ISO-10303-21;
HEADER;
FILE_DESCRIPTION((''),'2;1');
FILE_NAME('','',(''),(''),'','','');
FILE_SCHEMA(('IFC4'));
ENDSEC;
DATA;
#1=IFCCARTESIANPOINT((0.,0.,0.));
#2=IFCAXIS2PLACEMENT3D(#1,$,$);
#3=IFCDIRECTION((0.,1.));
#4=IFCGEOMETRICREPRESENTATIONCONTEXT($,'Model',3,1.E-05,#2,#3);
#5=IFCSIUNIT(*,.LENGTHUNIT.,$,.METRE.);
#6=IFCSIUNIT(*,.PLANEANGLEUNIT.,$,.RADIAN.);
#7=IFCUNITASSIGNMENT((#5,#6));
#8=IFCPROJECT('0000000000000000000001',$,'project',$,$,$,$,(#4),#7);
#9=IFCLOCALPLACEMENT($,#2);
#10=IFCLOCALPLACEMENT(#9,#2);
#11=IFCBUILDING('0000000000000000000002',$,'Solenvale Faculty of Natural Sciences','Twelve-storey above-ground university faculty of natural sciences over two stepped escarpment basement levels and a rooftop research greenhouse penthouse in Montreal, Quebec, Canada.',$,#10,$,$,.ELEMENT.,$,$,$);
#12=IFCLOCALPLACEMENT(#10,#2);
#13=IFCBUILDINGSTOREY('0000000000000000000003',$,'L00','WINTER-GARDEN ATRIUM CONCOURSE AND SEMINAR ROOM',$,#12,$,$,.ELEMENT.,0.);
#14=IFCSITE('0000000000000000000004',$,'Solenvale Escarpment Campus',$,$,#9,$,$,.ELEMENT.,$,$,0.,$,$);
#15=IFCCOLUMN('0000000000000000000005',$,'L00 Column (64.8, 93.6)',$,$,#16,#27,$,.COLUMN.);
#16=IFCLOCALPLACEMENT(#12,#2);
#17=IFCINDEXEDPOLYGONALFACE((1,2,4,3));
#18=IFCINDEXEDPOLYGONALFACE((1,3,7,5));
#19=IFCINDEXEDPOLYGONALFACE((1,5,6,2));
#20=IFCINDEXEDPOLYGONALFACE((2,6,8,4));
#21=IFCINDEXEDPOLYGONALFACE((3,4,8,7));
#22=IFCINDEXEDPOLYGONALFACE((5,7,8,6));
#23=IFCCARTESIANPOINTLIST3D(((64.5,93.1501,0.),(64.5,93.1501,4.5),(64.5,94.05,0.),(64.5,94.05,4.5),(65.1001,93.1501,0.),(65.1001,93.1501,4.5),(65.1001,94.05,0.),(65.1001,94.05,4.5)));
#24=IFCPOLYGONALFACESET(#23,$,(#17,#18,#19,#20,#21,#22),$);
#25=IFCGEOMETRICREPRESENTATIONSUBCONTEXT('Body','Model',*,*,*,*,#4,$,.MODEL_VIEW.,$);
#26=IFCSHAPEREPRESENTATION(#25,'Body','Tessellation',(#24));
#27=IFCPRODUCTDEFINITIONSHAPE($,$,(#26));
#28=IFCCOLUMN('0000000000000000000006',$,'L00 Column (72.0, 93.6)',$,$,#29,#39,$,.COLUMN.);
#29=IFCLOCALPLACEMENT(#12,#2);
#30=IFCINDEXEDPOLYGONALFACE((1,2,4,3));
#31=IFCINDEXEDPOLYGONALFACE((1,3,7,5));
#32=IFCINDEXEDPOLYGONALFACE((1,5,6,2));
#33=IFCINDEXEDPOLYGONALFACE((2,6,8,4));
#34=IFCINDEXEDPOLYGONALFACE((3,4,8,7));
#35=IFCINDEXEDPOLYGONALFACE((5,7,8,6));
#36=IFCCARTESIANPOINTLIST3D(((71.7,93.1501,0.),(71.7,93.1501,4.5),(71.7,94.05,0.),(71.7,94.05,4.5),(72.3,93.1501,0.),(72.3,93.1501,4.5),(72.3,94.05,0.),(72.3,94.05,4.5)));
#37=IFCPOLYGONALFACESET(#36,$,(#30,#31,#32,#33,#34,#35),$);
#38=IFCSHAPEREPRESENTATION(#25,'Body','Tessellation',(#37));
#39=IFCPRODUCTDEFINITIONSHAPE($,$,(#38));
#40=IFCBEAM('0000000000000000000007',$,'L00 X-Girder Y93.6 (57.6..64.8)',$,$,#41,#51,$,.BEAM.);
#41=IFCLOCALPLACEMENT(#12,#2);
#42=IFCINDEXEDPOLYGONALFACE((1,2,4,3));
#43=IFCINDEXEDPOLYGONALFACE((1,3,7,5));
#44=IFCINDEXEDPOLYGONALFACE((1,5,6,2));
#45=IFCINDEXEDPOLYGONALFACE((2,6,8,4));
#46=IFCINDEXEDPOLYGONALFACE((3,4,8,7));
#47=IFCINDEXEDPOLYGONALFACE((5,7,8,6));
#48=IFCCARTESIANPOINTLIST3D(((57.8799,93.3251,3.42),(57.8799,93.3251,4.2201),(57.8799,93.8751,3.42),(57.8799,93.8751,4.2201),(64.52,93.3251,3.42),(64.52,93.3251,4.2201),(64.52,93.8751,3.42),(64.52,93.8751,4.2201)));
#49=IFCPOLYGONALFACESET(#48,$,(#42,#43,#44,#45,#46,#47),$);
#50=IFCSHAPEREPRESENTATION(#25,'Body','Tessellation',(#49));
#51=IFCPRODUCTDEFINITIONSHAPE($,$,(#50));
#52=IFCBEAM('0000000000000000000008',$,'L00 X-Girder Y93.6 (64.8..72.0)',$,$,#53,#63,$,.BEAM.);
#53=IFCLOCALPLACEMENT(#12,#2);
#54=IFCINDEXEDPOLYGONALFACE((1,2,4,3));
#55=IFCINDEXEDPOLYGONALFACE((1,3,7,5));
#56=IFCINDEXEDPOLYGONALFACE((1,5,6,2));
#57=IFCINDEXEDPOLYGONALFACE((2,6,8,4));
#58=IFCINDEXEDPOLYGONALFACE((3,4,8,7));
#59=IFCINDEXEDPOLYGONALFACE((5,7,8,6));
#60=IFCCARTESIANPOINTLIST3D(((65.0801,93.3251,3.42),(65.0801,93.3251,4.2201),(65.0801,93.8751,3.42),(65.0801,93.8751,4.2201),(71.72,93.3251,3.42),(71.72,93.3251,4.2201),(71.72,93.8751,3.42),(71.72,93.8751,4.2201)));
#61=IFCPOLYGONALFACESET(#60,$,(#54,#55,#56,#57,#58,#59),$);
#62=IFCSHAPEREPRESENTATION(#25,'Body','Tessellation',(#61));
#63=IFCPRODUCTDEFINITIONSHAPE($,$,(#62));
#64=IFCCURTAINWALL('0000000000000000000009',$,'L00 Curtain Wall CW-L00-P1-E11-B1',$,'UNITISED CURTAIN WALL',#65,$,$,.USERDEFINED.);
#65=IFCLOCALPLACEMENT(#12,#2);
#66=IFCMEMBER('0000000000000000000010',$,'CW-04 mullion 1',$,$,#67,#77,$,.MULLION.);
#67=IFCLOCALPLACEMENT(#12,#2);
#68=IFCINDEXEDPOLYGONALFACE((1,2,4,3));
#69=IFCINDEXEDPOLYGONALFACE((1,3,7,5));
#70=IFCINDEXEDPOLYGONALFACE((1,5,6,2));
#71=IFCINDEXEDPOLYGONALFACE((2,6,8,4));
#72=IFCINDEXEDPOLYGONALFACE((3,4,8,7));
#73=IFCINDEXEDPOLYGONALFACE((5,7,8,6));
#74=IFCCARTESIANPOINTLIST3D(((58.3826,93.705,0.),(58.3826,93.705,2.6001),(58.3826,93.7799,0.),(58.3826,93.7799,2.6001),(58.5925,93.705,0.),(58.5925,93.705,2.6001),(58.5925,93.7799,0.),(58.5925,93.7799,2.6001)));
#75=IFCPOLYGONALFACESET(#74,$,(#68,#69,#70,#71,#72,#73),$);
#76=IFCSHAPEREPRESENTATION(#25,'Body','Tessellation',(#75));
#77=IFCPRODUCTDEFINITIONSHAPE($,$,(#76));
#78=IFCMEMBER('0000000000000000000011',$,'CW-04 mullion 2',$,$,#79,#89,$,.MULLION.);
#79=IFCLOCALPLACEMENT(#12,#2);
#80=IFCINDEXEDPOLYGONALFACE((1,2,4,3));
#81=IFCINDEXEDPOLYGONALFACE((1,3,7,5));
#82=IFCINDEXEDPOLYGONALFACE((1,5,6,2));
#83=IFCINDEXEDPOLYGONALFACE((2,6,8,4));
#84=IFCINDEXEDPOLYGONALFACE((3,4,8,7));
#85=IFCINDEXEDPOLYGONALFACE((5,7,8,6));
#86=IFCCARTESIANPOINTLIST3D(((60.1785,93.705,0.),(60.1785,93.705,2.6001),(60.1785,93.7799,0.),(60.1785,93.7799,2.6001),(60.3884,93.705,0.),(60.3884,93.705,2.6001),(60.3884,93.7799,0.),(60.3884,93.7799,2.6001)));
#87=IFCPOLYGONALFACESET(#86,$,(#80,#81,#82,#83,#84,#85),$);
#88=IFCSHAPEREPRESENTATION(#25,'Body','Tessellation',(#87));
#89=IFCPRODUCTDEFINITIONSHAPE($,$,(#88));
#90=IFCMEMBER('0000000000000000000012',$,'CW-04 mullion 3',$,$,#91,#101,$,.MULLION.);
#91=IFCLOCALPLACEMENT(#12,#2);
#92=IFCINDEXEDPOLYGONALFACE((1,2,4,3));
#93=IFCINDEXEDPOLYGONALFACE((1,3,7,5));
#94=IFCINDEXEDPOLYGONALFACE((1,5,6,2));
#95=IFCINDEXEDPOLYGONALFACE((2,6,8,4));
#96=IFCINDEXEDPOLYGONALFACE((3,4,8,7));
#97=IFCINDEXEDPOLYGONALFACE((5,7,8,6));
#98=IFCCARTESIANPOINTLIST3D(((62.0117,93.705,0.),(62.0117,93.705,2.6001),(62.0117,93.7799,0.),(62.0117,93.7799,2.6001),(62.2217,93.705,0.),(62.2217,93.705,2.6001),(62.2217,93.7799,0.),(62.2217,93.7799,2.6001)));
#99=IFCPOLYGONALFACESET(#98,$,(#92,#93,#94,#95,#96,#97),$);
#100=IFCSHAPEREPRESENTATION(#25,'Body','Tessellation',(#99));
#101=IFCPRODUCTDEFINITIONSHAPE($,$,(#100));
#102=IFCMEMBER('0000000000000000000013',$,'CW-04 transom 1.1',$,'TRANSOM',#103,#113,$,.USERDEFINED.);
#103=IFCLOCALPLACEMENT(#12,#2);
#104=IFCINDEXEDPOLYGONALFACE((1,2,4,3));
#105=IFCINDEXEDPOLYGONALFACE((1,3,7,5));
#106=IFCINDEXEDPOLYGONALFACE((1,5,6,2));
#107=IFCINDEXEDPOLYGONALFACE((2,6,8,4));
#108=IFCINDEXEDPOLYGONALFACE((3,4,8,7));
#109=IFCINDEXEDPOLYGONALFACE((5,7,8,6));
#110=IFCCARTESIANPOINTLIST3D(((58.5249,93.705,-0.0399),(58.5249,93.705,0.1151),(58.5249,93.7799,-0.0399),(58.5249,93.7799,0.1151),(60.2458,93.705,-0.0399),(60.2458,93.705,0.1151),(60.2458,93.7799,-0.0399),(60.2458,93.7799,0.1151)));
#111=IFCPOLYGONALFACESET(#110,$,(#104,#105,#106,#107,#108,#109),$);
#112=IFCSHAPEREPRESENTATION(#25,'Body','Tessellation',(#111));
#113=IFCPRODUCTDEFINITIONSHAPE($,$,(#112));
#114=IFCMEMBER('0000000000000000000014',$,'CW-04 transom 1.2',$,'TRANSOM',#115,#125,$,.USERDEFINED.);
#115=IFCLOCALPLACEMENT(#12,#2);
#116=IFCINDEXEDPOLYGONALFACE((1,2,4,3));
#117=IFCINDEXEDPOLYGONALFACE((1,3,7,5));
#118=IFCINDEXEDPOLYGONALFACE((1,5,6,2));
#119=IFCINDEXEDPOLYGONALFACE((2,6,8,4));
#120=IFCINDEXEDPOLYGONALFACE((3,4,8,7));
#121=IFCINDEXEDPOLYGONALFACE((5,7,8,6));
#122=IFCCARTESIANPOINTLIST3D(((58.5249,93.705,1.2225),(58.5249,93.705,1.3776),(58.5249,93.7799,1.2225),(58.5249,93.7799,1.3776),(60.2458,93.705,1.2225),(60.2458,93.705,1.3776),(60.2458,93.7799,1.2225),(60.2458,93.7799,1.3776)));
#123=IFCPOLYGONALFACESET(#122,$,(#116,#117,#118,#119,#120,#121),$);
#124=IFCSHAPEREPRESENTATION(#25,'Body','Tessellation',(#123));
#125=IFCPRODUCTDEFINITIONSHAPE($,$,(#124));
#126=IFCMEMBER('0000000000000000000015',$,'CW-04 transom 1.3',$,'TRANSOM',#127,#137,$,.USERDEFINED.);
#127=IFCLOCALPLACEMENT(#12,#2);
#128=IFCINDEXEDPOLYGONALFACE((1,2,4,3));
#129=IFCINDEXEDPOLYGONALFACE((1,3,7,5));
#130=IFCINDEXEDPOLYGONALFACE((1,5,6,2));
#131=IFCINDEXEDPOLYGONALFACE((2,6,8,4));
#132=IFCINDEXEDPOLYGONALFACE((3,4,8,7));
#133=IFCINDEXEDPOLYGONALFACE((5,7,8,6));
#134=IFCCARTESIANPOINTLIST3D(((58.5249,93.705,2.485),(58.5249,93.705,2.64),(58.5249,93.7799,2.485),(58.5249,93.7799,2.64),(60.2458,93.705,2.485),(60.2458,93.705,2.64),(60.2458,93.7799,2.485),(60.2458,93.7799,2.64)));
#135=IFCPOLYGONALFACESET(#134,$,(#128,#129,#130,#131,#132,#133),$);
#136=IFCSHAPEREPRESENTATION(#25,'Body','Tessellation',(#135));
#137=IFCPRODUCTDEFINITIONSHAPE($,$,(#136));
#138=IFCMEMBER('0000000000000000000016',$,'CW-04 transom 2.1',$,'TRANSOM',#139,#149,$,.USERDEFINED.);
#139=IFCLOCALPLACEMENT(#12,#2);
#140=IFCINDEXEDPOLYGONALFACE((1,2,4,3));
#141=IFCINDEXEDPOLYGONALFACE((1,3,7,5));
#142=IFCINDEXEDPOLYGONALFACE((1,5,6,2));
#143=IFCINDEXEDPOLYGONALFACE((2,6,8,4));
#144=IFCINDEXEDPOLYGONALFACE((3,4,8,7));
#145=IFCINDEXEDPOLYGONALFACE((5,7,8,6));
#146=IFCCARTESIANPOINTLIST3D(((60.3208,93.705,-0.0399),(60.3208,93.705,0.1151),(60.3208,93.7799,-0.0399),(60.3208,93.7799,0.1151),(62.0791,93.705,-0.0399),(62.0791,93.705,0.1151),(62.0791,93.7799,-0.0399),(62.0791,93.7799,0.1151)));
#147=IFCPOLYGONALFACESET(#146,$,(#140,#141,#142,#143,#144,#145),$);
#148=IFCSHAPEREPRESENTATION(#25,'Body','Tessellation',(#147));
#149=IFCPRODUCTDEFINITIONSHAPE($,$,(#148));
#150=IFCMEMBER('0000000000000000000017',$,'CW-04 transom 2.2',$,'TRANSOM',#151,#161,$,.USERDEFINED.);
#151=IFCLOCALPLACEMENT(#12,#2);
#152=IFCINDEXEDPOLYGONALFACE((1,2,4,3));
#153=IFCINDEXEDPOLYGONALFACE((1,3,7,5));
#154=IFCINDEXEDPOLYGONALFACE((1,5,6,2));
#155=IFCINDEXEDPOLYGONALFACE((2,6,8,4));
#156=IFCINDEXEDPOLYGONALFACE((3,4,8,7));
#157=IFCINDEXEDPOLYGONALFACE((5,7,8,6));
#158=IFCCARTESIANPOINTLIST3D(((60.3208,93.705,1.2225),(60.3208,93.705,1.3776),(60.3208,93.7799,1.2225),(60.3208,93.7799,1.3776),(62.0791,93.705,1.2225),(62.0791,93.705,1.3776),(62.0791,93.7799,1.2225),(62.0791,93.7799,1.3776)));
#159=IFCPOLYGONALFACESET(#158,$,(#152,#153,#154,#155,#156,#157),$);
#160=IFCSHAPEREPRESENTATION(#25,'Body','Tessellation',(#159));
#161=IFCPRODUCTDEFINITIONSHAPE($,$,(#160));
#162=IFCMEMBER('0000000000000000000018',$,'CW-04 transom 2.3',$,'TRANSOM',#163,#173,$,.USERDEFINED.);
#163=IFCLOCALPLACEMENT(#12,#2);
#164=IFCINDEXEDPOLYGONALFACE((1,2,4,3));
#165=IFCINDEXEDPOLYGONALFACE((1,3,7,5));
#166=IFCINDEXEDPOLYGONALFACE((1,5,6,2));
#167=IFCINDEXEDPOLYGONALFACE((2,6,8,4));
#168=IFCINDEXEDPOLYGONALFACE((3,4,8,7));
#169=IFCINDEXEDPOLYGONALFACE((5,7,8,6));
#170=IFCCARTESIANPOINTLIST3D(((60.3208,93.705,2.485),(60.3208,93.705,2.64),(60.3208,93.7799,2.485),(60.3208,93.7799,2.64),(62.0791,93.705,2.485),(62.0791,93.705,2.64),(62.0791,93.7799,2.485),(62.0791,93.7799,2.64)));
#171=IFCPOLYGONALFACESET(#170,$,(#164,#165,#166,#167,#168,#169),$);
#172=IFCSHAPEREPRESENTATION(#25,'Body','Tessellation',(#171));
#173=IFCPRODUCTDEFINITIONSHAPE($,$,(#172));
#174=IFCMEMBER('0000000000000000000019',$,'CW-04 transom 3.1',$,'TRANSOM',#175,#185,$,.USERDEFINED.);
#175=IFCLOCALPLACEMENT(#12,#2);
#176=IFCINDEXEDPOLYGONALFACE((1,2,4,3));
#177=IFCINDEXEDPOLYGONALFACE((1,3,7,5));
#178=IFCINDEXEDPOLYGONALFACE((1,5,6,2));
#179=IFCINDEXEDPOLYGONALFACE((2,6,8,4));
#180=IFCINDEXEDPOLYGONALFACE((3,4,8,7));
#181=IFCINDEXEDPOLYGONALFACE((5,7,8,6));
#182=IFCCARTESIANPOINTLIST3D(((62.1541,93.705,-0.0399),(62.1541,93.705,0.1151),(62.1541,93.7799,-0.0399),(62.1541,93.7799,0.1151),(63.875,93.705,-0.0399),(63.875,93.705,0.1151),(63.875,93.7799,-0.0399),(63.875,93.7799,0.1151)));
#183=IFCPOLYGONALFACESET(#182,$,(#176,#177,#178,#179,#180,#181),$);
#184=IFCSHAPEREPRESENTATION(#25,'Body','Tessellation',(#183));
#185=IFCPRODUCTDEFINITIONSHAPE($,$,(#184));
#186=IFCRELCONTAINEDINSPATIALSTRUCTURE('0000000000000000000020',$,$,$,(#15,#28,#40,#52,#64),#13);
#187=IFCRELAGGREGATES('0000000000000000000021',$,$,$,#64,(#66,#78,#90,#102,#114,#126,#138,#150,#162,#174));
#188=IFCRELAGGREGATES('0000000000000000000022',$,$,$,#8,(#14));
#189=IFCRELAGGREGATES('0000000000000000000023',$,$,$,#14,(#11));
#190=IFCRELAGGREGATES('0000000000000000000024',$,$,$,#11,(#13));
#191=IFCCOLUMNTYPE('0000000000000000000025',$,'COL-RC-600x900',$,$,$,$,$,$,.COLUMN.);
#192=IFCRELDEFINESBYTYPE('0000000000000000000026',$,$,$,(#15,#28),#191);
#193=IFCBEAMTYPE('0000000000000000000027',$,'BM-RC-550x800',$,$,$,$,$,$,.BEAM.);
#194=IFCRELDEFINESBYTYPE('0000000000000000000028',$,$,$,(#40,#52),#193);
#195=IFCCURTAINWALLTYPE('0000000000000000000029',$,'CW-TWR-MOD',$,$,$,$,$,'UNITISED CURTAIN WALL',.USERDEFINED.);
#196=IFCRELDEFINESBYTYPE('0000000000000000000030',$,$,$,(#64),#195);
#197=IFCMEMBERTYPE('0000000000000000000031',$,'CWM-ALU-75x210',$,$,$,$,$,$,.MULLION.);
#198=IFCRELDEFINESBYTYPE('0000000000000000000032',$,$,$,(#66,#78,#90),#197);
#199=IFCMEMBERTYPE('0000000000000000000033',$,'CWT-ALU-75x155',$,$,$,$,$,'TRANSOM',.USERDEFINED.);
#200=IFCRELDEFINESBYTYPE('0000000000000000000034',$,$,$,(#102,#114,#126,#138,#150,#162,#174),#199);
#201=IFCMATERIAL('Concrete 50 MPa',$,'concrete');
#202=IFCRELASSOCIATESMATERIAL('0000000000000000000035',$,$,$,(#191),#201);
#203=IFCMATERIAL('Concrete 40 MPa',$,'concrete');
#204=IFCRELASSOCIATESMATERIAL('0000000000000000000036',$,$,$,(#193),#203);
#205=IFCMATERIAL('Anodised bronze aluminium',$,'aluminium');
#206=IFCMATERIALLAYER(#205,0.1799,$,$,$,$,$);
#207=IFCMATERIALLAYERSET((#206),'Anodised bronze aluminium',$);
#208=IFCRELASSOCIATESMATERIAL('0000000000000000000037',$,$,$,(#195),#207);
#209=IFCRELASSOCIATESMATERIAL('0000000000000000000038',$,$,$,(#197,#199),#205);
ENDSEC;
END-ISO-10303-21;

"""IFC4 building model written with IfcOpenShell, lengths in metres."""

from ifc_helpers import new_model, si_unit, direction, frame, origin, origin_2d, place, context, subcontext, project, spatial, rectangle, extrude, material, layer, layer_set, material_profile, profile_set, type_object, element, aggregate, save


model = new_model("IFC4")

# Units and contexts
model_context = context("Model", 3, precision=1e-05, world=origin(), true_north=direction((0.0, 1.0)))
body_context = subcontext(model_context, "Body", "Model", "MODEL_VIEW")
ifc_project = project(units=[si_unit("LENGTHUNIT", "METRE"), si_unit("PLANEANGLEUNIT", "RADIAN")], contexts=[model_context])

# Site, building, storey
site_placement = place(None, origin())
site = spatial("IfcSite", under=ifc_project, at=site_placement, Name="Solenvale Escarpment Campus", CompositionType="ELEMENT", RefElevation=0.0)
building_placement = place(site_placement, origin())
building = spatial("IfcBuilding", under=site, at=building_placement, Name="Solenvale Faculty of Natural Sciences", Description="Twelve-storey above-ground university faculty of natural sciences over two stepped escarpment basement levels and a rooftop research greenhouse penthouse in Montreal, Quebec, Canada.", CompositionType="ELEMENT")
storey_placement = place(building_placement, origin())
storey = spatial("IfcBuildingStorey", under=building, at=storey_placement, Name="L00", Description="WINTER-GARDEN ATRIUM CONCOURSE AND SEMINAR ROOM", CompositionType="ELEMENT", Elevation=0.0)

# Columns
ifc_material_1 = material(Name="Concrete 50 MPa", Category="concrete")
ifc_material_profile_1 = material_profile(ifc_material_1, rectangle(XDim=0.6001, YDim=0.8999, at=origin_2d()), Name="RC-COL-600x900")
ifc_profile_set_1 = profile_set([ifc_material_profile_1], Name="Concrete 50 MPa")
column_type = type_object("IfcColumnType", Name="COL-RC-600x900", PredefinedType="COLUMN", material=ifc_profile_set_1)
for number, where, z_axis, x_axis, name in (
    (1, (64.8, 93.6001, 0.0), (0.0, 0.0, 1.0), (1.0, 0.0, 0.0), "L00 Column (64.8, 93.6)"),
    (2, (72.0, 93.6001, 0.0), (0.0, 0.0, 1.0), (1.0, 0.0, 0.0), "L00 Column (72.0, 93.6)"),
):
    element("IfcColumn", number, at=place(storey_placement, frame(where, z_axis=z_axis, x_axis=x_axis)), inside=storey, type_object=column_type, Name=name, PredefinedType="COLUMN", context=body_context, shape_type="SweptSolid", body=[
        extrude(rectangle(XDim=0.6001, YDim=0.8999, at=origin_2d()), origin(), (0.0, 0.0, 1.0), 4.5),
    ])

# Beams
ifc_material_2 = material(Name="Concrete 40 MPa", Category="concrete")
ifc_material_profile_2 = material_profile(ifc_material_2, rectangle(XDim=0.55, YDim=0.8, at=origin_2d()), Name="RC-BM-550x800")
ifc_profile_set_2 = profile_set([ifc_material_profile_2], Name="Concrete 40 MPa")
beam_type = type_object("IfcBeamType", Name="BM-RC-550x800", PredefinedType="BEAM", material=ifc_profile_set_2)
beam_1_placement = place(storey_placement, frame((57.8799, 93.6001, 3.8201), z_axis=(1.0, 0.0, 0.0), x_axis=(0.0, 1.0, 0.0)))
element("IfcBeam", 3, at=beam_1_placement, inside=storey, type_object=beam_type, Name="L00 X-Girder Y93.6 (57.6..64.8)", PredefinedType="BEAM", context=body_context, shape_type="SweptSolid", body=[
    extrude(rectangle(XDim=0.55, YDim=0.8, at=origin_2d()), origin(), (0.0, 0.0, 1.0), 6.6401),
])
beam_2_placement = place(storey_placement, frame((65.0801, 93.6001, 3.8201), z_axis=(1.0, 0.0, 0.0), x_axis=(0.0, 1.0, 0.0)))
element("IfcBeam", 4, at=beam_2_placement, inside=storey, type_object=beam_type, Name="L00 X-Girder Y93.6 (64.8..72.0)", PredefinedType="BEAM", context=body_context, shape_type="SweptSolid", body=[
    extrude(rectangle(XDim=0.55, YDim=0.8, at=origin_2d()), origin(), (0.0, 0.0, 1.0), 6.6399),
])

# Curtain wall, members
ifc_material_3 = material(Name="Anodised bronze aluminium", Category="aluminium")
ifc_layer_1 = layer(ifc_material_3, 0.1799)
ifc_layer_set_1 = layer_set([ifc_layer_1], Name="Anodised bronze aluminium")
curtain_wall_type = type_object("IfcCurtainWallType", Name="CW-TWR-MOD", ElementType="UNITISED CURTAIN WALL", PredefinedType="USERDEFINED", material=ifc_layer_set_1)
curtain_wall_placement = place(storey_placement, origin())
curtain_wall = element("IfcCurtainWall", 5, at=curtain_wall_placement, inside=storey, type_object=curtain_wall_type, Name="L00 Curtain Wall CW-L00-P1-E11-B1", ObjectType="UNITISED CURTAIN WALL", PredefinedType="USERDEFINED")
ifc_material_profile_3 = material_profile(ifc_material_3, rectangle(XDim=0.075, YDim=0.21, at=origin_2d()), Name="ALU-MUL-75x210")
ifc_profile_set_3 = profile_set([ifc_material_profile_3], Name="Anodised bronze aluminium")
member_type_1 = type_object("IfcMemberType", Name="CWM-ALU-75x210", PredefinedType="MULLION", material=ifc_profile_set_3)
member_1_placement = place(storey_placement, frame((58.4875, 93.7424, 0.0), z_axis=(0.0, 0.0, 1.0), x_axis=(0.0, 1.0, 0.0)))
member_1 = element("IfcMember", 6, at=member_1_placement, type_object=member_type_1, Name="CW-04 mullion 1", PredefinedType="MULLION", context=body_context, shape_type="SweptSolid", body=[
    extrude(rectangle(XDim=0.075, YDim=0.21, at=origin_2d()), origin(), (0.0, 0.0, 1.0), 2.6001),
])
member_2_placement = place(storey_placement, frame((60.2834, 93.7424, 0.0), z_axis=(0.0, 0.0, 1.0), x_axis=(0.0, 1.0, 0.0)))
member_2 = element("IfcMember", 7, at=member_2_placement, type_object=member_type_1, Name="CW-04 mullion 2", PredefinedType="MULLION", context=body_context, shape_type="SweptSolid", body=[
    extrude(rectangle(XDim=0.075, YDim=0.21, at=origin_2d()), origin(), (0.0, 0.0, 1.0), 2.6001),
])
member_3_placement = place(storey_placement, frame((62.1167, 93.7424, 0.0), z_axis=(0.0, 0.0, 1.0), x_axis=(0.0, 1.0, 0.0)))
member_3 = element("IfcMember", 8, at=member_3_placement, type_object=member_type_1, Name="CW-04 mullion 3", PredefinedType="MULLION", context=body_context, shape_type="SweptSolid", body=[
    extrude(rectangle(XDim=0.075, YDim=0.21, at=origin_2d()), origin(), (0.0, 0.0, 1.0), 2.6001),
])
ifc_material_profile_4 = material_profile(ifc_material_3, rectangle(XDim=0.075, YDim=0.155, at=origin_2d()), Name="ALU-TRN-75x155")
ifc_profile_set_4 = profile_set([ifc_material_profile_4], Name="Anodised bronze aluminium")
member_type_2 = type_object("IfcMemberType", Name="CWT-ALU-75x155", ElementType="TRANSOM", PredefinedType="USERDEFINED", material=ifc_profile_set_4)
member_4_placement = place(storey_placement, frame((58.5249, 93.7424, 0.0376), z_axis=(1.0, 0.0, 0.0), x_axis=(0.0, 1.0, 0.0)))
member_4 = element("IfcMember", 9, at=member_4_placement, type_object=member_type_2, Name="CW-04 transom 1.1", ObjectType="TRANSOM", PredefinedType="USERDEFINED", context=body_context, shape_type="SweptSolid", body=[
    extrude(rectangle(XDim=0.075, YDim=0.155, at=origin_2d()), origin(), (0.0, 0.0, 1.0), 1.7209),
])
member_5_placement = place(storey_placement, frame((58.5249, 93.7424, 1.3), z_axis=(1.0, 0.0, 0.0), x_axis=(0.0, 1.0, 0.0)))
member_5 = element("IfcMember", 10, at=member_5_placement, type_object=member_type_2, Name="CW-04 transom 1.2", ObjectType="TRANSOM", PredefinedType="USERDEFINED", context=body_context, shape_type="SweptSolid", body=[
    extrude(rectangle(XDim=0.075, YDim=0.155, at=origin_2d()), origin(), (0.0, 0.0, 1.0), 1.7209),
])
member_6_placement = place(storey_placement, frame((58.5249, 93.7424, 2.5625), z_axis=(1.0, 0.0, 0.0), x_axis=(0.0, 1.0, 0.0)))
member_6 = element("IfcMember", 11, at=member_6_placement, type_object=member_type_2, Name="CW-04 transom 1.3", ObjectType="TRANSOM", PredefinedType="USERDEFINED", context=body_context, shape_type="SweptSolid", body=[
    extrude(rectangle(XDim=0.075, YDim=0.155, at=origin_2d()), origin(), (0.0, 0.0, 1.0), 1.7209),
])
member_7_placement = place(storey_placement, frame((60.3208, 93.7424, 0.0376), z_axis=(1.0, 0.0, 0.0), x_axis=(0.0, 1.0, 0.0)))
member_7 = element("IfcMember", 12, at=member_7_placement, type_object=member_type_2, Name="CW-04 transom 2.1", ObjectType="TRANSOM", PredefinedType="USERDEFINED", context=body_context, shape_type="SweptSolid", body=[
    extrude(rectangle(XDim=0.075, YDim=0.155, at=origin_2d()), origin(), (0.0, 0.0, 1.0), 1.7583),
])
member_8_placement = place(storey_placement, frame((60.3208, 93.7424, 1.3), z_axis=(1.0, 0.0, 0.0), x_axis=(0.0, 1.0, 0.0)))
member_8 = element("IfcMember", 13, at=member_8_placement, type_object=member_type_2, Name="CW-04 transom 2.2", ObjectType="TRANSOM", PredefinedType="USERDEFINED", context=body_context, shape_type="SweptSolid", body=[
    extrude(rectangle(XDim=0.075, YDim=0.155, at=origin_2d()), origin(), (0.0, 0.0, 1.0), 1.7583),
])
member_9_placement = place(storey_placement, frame((60.3208, 93.7424, 2.5625), z_axis=(1.0, 0.0, 0.0), x_axis=(0.0, 1.0, 0.0)))
member_9 = element("IfcMember", 14, at=member_9_placement, type_object=member_type_2, Name="CW-04 transom 2.3", ObjectType="TRANSOM", PredefinedType="USERDEFINED", context=body_context, shape_type="SweptSolid", body=[
    extrude(rectangle(XDim=0.075, YDim=0.155, at=origin_2d()), origin(), (0.0, 0.0, 1.0), 1.7583),
])
member_10_placement = place(storey_placement, frame((62.1541, 93.7424, 0.0376), z_axis=(1.0, 0.0, 0.0), x_axis=(0.0, 1.0, 0.0)))
member_10 = element("IfcMember", 15, at=member_10_placement, type_object=member_type_2, Name="CW-04 transom 3.1", ObjectType="TRANSOM", PredefinedType="USERDEFINED", context=body_context, shape_type="SweptSolid", body=[
    extrude(rectangle(XDim=0.075, YDim=0.155, at=origin_2d()), origin(), (0.0, 0.0, 1.0), 1.7209),
])
aggregate(curtain_wall, [member_1, member_2, member_3, member_4, member_5, member_6, member_7, member_8, member_9, member_10])

save(model, "model.ifc")
